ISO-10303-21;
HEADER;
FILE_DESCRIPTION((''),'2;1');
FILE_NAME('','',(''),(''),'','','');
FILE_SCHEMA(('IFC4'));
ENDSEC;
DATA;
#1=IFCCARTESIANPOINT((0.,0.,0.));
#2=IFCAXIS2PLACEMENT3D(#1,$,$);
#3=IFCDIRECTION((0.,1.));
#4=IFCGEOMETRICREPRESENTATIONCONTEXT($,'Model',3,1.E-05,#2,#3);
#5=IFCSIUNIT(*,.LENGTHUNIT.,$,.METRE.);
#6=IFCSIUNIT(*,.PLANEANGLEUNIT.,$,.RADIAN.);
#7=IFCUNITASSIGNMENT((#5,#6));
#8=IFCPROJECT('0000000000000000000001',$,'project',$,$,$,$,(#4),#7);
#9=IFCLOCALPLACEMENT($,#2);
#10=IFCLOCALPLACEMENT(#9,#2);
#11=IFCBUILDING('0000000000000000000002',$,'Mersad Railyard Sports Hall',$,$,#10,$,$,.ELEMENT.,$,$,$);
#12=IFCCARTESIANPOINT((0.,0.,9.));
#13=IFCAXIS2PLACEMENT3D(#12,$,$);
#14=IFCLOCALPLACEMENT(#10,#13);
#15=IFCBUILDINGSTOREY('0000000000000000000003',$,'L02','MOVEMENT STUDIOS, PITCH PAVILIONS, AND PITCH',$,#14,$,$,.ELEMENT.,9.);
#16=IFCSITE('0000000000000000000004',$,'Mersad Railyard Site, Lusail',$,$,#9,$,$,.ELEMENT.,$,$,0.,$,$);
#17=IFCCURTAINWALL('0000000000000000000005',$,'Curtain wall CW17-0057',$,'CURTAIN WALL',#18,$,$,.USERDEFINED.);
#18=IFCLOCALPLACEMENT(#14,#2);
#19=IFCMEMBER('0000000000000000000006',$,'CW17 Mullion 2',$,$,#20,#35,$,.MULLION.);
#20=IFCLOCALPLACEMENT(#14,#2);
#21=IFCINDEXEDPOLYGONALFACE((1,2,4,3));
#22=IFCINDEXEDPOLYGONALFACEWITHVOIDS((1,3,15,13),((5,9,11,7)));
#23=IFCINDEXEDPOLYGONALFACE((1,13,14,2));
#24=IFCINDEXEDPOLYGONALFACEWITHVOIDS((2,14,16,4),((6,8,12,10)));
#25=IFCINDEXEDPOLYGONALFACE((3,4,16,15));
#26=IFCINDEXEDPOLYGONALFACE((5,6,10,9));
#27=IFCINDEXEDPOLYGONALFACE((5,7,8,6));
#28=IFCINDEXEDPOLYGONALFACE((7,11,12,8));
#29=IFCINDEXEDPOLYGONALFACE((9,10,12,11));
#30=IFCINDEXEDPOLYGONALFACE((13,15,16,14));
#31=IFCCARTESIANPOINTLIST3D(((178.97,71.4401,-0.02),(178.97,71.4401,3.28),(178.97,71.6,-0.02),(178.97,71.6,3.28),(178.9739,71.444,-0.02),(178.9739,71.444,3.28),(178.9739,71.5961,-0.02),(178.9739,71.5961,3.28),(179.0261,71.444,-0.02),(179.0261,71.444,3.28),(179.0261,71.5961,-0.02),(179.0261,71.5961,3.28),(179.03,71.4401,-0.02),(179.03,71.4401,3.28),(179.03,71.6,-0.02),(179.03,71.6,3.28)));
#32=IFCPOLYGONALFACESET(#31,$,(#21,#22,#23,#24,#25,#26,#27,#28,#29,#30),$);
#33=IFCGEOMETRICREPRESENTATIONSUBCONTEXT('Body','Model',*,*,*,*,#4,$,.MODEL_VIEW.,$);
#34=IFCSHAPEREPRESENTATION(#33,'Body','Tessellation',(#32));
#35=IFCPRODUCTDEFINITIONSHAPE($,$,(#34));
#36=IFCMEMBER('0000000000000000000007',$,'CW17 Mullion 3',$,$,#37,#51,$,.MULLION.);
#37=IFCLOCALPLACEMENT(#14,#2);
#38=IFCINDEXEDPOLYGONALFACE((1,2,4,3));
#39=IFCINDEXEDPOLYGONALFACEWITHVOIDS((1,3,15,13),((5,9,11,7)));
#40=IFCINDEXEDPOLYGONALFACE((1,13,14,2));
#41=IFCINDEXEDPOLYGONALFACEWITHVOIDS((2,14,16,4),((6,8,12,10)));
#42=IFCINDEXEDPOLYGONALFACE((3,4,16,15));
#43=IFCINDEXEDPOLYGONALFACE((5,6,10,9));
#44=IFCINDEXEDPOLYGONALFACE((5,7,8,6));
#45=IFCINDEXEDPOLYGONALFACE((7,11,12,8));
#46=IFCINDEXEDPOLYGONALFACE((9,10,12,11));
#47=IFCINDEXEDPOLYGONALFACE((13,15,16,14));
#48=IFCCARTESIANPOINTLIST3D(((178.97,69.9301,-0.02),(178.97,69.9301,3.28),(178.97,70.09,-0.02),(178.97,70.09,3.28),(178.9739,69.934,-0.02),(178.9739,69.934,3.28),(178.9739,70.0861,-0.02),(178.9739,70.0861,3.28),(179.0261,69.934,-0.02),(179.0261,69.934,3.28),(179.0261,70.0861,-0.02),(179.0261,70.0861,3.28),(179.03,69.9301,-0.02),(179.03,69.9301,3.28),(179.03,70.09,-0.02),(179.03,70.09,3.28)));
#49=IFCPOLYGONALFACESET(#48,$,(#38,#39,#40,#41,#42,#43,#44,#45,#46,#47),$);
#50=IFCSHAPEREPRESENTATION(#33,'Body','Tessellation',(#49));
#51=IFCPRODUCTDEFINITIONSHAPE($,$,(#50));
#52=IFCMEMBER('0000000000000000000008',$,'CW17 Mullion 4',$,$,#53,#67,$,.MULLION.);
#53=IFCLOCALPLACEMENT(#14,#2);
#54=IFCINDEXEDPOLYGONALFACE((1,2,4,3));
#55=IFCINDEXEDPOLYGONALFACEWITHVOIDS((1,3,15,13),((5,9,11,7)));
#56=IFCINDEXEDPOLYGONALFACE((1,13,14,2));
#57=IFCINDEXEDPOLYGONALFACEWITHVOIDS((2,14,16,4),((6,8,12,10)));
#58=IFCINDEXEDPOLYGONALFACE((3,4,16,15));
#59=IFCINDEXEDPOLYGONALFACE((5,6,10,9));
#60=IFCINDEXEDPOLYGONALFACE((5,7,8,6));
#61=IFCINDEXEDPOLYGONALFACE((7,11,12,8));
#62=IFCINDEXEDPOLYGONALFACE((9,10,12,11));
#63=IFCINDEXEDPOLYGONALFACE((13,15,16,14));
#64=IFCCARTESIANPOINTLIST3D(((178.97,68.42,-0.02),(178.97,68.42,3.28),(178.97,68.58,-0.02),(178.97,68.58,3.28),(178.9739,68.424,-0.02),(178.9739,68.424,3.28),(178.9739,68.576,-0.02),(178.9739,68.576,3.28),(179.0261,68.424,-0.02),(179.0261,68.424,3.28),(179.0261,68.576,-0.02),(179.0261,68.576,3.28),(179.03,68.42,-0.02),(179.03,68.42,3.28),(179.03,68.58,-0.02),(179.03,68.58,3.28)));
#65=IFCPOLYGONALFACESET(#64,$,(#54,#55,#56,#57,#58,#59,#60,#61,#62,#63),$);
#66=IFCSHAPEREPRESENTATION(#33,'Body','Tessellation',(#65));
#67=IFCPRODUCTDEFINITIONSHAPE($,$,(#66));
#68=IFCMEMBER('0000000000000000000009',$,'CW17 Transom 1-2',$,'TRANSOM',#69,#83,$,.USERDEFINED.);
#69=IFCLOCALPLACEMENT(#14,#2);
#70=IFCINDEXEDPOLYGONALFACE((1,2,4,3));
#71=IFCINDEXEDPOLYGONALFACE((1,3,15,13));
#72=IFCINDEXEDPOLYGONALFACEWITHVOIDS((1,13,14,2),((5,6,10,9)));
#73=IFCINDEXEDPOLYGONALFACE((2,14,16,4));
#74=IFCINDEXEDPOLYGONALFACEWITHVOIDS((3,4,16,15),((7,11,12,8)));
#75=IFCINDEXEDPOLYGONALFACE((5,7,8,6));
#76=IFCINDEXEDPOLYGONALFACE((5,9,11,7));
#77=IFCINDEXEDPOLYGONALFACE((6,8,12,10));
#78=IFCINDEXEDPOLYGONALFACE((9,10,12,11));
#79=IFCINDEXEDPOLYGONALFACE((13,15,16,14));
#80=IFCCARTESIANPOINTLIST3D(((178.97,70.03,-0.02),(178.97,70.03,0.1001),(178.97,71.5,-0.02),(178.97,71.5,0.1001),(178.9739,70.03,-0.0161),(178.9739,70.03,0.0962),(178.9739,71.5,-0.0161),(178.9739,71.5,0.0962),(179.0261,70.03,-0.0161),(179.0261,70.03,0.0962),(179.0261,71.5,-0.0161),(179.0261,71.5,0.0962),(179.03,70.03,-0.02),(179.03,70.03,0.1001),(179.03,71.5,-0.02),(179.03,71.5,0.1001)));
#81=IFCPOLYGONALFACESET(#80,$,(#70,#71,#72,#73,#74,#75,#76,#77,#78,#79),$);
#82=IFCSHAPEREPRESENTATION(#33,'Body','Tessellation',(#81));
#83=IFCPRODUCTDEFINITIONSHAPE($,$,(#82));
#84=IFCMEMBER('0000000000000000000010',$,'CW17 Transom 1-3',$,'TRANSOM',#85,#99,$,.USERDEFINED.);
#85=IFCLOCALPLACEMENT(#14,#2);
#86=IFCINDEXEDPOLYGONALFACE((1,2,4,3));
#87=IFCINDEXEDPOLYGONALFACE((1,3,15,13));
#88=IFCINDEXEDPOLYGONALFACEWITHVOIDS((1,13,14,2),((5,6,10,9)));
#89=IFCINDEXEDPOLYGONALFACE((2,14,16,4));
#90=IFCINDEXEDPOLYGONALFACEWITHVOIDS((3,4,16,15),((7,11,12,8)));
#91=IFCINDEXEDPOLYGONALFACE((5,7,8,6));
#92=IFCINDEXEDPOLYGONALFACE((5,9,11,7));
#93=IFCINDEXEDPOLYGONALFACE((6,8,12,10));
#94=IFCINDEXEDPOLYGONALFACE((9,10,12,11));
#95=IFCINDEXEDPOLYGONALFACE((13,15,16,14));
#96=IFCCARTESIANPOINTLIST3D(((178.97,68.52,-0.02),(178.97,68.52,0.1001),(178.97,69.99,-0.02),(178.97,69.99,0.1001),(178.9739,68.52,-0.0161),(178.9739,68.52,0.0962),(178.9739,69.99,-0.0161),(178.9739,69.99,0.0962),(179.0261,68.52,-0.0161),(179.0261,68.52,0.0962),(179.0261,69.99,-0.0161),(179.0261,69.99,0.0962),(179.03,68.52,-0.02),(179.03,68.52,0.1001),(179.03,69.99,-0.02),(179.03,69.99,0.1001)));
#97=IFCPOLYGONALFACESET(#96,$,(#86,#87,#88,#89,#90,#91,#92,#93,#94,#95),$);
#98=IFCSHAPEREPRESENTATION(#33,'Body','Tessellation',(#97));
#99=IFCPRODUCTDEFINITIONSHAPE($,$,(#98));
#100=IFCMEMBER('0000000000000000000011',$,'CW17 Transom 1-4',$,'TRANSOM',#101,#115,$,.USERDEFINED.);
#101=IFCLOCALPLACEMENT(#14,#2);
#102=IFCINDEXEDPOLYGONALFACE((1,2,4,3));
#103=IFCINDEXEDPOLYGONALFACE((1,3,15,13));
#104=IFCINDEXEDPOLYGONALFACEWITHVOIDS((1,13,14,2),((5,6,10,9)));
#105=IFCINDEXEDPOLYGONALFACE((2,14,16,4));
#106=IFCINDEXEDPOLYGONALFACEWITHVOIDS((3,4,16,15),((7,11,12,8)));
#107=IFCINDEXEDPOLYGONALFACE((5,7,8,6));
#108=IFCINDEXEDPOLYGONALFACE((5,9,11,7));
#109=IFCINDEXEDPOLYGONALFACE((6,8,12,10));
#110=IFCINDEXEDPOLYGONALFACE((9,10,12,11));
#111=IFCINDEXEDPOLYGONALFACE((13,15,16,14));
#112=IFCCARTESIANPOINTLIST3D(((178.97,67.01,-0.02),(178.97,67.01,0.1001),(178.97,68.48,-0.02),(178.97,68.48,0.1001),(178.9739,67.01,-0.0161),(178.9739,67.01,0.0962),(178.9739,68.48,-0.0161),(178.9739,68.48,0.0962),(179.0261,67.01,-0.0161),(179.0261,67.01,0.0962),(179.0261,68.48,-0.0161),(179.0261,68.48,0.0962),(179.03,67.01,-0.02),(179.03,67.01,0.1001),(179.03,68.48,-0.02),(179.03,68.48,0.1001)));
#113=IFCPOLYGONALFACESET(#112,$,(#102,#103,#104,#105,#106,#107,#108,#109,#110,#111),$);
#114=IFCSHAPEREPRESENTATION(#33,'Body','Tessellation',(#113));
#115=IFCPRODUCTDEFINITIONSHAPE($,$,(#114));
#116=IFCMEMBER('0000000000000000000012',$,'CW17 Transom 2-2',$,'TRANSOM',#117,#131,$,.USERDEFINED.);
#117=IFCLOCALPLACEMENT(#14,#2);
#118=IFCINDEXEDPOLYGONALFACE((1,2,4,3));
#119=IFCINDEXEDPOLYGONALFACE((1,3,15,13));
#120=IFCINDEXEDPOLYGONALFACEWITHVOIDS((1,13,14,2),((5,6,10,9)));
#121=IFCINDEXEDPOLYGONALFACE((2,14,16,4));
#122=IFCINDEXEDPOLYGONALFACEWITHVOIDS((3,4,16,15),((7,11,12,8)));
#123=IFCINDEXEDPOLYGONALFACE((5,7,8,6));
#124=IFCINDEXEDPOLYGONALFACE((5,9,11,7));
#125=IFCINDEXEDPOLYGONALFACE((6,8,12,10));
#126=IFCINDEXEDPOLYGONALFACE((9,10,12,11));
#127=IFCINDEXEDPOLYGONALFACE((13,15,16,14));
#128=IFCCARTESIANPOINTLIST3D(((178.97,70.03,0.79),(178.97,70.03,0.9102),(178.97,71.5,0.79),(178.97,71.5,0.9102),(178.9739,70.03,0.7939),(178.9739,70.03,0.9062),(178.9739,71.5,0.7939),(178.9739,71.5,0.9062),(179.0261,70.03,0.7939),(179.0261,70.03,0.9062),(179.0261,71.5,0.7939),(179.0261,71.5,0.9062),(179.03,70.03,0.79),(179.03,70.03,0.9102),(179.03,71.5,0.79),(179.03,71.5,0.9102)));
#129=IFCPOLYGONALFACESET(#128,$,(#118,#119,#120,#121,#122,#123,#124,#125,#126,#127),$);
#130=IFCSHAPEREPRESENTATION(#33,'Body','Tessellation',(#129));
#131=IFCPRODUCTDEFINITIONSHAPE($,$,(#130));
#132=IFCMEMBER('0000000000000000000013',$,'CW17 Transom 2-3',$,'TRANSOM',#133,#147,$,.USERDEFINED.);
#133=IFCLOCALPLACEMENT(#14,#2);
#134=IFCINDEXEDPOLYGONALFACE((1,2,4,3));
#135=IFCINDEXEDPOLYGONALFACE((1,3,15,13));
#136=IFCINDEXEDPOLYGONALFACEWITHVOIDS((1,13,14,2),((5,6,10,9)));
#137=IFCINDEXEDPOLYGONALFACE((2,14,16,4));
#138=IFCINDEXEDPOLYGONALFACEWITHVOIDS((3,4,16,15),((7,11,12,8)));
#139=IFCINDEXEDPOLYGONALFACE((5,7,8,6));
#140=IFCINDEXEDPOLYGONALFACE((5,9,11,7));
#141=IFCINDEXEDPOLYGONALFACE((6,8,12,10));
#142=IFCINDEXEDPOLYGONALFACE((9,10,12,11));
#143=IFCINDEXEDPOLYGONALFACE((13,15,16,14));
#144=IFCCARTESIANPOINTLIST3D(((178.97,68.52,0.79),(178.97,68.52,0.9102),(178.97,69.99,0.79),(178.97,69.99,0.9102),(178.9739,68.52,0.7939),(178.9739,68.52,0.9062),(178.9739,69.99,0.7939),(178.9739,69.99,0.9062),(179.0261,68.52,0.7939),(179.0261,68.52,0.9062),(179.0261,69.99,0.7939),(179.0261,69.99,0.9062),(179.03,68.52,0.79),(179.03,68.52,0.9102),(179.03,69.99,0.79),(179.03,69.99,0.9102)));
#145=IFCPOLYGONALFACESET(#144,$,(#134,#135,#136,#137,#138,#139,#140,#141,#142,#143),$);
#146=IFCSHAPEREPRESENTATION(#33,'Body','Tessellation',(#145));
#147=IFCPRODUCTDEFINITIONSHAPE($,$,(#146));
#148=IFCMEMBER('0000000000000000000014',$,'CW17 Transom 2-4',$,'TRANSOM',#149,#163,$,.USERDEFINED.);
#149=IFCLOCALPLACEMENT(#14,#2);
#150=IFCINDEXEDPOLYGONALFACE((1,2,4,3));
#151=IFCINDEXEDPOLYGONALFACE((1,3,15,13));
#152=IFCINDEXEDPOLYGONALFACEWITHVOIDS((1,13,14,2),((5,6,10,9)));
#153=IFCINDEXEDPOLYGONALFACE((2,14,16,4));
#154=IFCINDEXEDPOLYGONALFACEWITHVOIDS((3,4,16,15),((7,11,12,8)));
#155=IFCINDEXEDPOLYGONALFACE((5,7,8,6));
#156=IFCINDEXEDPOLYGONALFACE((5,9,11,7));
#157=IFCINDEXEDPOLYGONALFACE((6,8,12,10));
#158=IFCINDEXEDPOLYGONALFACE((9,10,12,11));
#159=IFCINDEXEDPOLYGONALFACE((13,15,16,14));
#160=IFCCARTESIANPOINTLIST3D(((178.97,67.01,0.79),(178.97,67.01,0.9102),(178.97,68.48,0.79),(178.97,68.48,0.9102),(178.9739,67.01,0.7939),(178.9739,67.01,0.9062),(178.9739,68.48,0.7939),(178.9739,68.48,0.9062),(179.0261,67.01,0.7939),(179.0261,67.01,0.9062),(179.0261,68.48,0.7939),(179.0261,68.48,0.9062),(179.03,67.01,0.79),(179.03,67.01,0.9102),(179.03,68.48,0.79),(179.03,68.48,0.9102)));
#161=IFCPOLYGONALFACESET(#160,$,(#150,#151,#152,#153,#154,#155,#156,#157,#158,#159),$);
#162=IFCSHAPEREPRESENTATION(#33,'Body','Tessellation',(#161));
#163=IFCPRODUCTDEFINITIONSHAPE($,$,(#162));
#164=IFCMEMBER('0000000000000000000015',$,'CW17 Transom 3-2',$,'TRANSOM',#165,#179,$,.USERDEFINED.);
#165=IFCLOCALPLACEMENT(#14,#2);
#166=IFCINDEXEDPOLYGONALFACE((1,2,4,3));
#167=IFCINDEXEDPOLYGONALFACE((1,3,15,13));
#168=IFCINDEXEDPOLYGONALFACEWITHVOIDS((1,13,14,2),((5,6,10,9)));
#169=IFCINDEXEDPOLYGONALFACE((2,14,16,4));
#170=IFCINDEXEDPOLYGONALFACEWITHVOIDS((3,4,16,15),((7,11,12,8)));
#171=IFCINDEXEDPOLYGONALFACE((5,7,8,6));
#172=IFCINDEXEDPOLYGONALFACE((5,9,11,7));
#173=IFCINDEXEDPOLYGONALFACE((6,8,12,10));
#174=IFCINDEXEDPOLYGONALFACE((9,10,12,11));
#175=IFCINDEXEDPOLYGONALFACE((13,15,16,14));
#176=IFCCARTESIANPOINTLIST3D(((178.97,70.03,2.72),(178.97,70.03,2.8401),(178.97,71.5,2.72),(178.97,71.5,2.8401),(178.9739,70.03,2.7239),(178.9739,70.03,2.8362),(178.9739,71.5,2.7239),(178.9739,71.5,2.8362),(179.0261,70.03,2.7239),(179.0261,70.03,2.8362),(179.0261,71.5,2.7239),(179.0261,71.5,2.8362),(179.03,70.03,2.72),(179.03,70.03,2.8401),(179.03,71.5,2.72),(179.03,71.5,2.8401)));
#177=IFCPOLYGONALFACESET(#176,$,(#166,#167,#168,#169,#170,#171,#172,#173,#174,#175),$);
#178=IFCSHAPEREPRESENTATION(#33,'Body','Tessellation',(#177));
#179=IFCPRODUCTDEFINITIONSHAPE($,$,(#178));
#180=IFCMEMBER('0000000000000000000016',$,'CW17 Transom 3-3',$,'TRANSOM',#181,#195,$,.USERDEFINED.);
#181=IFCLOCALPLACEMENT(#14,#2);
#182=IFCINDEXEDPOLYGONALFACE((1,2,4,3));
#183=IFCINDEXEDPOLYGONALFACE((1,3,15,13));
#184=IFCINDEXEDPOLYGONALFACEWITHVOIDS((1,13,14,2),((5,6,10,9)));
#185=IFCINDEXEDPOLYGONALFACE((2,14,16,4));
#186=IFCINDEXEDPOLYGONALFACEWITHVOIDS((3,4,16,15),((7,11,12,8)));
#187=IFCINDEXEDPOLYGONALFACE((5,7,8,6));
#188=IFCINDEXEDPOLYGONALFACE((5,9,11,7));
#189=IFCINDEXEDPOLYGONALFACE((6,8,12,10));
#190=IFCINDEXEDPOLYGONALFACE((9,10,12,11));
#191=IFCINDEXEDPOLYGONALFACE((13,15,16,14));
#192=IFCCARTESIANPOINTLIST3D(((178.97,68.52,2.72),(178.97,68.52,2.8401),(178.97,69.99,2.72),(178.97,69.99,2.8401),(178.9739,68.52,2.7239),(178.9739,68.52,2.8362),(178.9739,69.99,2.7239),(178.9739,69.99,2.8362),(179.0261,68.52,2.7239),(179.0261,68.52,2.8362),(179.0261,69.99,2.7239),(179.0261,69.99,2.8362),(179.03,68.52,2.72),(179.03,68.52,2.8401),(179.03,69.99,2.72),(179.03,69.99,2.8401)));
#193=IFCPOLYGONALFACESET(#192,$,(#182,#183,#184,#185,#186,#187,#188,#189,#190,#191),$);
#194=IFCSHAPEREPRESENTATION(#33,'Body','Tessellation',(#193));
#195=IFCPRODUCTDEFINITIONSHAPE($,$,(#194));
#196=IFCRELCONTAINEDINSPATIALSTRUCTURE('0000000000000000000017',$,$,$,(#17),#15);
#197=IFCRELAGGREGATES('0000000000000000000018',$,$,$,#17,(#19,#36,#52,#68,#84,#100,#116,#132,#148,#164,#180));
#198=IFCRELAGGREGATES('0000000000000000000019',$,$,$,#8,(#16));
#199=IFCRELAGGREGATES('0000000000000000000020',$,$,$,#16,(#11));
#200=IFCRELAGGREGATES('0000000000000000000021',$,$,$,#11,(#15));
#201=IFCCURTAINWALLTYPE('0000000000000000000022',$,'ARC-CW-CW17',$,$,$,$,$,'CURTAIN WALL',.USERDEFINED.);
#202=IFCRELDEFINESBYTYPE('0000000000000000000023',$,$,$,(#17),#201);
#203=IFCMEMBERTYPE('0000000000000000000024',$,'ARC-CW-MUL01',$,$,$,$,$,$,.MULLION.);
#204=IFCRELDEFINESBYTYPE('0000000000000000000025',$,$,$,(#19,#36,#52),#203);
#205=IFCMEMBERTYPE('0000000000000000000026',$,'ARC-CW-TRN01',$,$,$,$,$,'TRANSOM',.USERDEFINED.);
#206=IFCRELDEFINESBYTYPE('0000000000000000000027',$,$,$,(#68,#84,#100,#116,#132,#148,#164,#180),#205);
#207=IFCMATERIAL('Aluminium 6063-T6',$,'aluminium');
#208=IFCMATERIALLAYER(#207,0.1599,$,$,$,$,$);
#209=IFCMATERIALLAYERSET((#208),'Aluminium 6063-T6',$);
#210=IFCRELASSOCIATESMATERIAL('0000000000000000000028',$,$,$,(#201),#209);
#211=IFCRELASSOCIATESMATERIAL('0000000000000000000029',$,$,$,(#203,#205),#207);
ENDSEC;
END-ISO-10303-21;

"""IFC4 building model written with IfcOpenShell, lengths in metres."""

from ifc_helpers import new_model, si_unit, direction, frame, origin, origin_2d, place, context, subcontext, project, spatial, hollow_rectangle, extrude, material, layer, layer_set, material_profile, profile_set, type_object, element, aggregate, save


model = new_model("IFC4")

# Units and contexts
model_context = context("Model", 3, precision=1e-05, world=origin(), true_north=direction((0.0, 1.0)))
body_context = subcontext(model_context, "Body", "Model", "MODEL_VIEW")
ifc_project = project(units=[si_unit("LENGTHUNIT", "METRE"), si_unit("PLANEANGLEUNIT", "RADIAN")], contexts=[model_context])

# Site, building, storey
site_placement = place(None, origin())
site = spatial("IfcSite", under=ifc_project, at=site_placement, Name="Mersad Railyard Site, Lusail", CompositionType="ELEMENT", RefElevation=0.0)
building_placement = place(site_placement, origin())
building = spatial("IfcBuilding", under=site, at=building_placement, Name="Mersad Railyard Sports Hall", CompositionType="ELEMENT")
storey_placement = place(building_placement, frame((0.0, 0.0, 9.0)))
storey = spatial("IfcBuildingStorey", under=building, at=storey_placement, Name="L02", Description="MOVEMENT STUDIOS, PITCH PAVILIONS, AND PITCH", CompositionType="ELEMENT", Elevation=9.0)

# Curtain wall, members
ifc_material_1 = material(Name="Aluminium 6063-T6", Category="aluminium")
ifc_layer_1 = layer(ifc_material_1, 0.1599)
ifc_layer_set_1 = layer_set([ifc_layer_1], Name="Aluminium 6063-T6")
curtain_wall_type = type_object("IfcCurtainWallType", Name="ARC-CW-CW17", ElementType="CURTAIN WALL", PredefinedType="USERDEFINED", material=ifc_layer_set_1)
curtain_wall_placement = place(storey_placement, origin())
curtain_wall = element("IfcCurtainWall", 1, at=curtain_wall_placement, inside=storey, type_object=curtain_wall_type, Name="Curtain wall CW17-0057", ObjectType="CURTAIN WALL", PredefinedType="USERDEFINED")
ifc_material_profile_1 = material_profile(ifc_material_1, hollow_rectangle(XDim=0.0601, YDim=0.1599, WallThickness=0.0039, at=origin_2d()), Name="AL MULLION 60x160x4")
ifc_profile_set_1 = profile_set([ifc_material_profile_1], Name="Aluminium 6063-T6")
member_type_1 = type_object("IfcMemberType", Name="ARC-CW-MUL01", PredefinedType="MULLION", material=ifc_profile_set_1)
member_1_placement = place(storey_placement, frame((179.0, 71.52, -0.02), z_axis=(0.0, 0.0, 1.0), x_axis=(1.0, 0.0, 0.0)))
member_1 = element("IfcMember", 2, at=member_1_placement, type_object=member_type_1, Name="CW17 Mullion 2", PredefinedType="MULLION", context=body_context, shape_type="SweptSolid", body=[
    extrude(hollow_rectangle(XDim=0.0601, YDim=0.1599, WallThickness=0.0039, at=origin_2d()), origin(), (0.0, 0.0, 1.0), 3.3),
])
member_2_placement = place(storey_placement, frame((179.0, 70.01, -0.02), z_axis=(0.0, 0.0, 1.0), x_axis=(1.0, 0.0, 0.0)))
member_2 = element("IfcMember", 3, at=member_2_placement, type_object=member_type_1, Name="CW17 Mullion 3", PredefinedType="MULLION", context=body_context, shape_type="SweptSolid", body=[
    extrude(hollow_rectangle(XDim=0.0601, YDim=0.1599, WallThickness=0.0039, at=origin_2d()), origin(), (0.0, 0.0, 1.0), 3.3),
])
member_3_placement = place(storey_placement, frame((179.0, 68.5, -0.02), z_axis=(0.0, 0.0, 1.0), x_axis=(1.0, 0.0, 0.0)))
member_3 = element("IfcMember", 4, at=member_3_placement, type_object=member_type_1, Name="CW17 Mullion 4", PredefinedType="MULLION", context=body_context, shape_type="SweptSolid", body=[
    extrude(hollow_rectangle(XDim=0.0601, YDim=0.1599, WallThickness=0.0039, at=origin_2d()), origin(), (0.0, 0.0, 1.0), 3.3),
])
ifc_material_profile_2 = material_profile(ifc_material_1, hollow_rectangle(XDim=0.0601, YDim=0.1201, WallThickness=0.0039, at=origin_2d()), Name="AL TRANSOM 60x120x4")
ifc_profile_set_2 = profile_set([ifc_material_profile_2], Name="Aluminium 6063-T6")
member_type_2 = type_object("IfcMemberType", Name="ARC-CW-TRN01", ElementType="TRANSOM", PredefinedType="USERDEFINED", material=ifc_profile_set_2)
member_4_placement = place(storey_placement, frame((179.0, 71.5, 0.04), z_axis=(0.0, -1.0, 0.0), x_axis=(1.0, 0.0, 0.0)))
member_4 = element("IfcMember", 5, at=member_4_placement, type_object=member_type_2, Name="CW17 Transom 1-2", ObjectType="TRANSOM", PredefinedType="USERDEFINED", context=body_context, shape_type="SweptSolid", body=[
    extrude(hollow_rectangle(XDim=0.0601, YDim=0.1201, WallThickness=0.0039, at=origin_2d()), origin(), (0.0, 0.0, 1.0), 1.47),
])
member_5_placement = place(storey_placement, frame((179.0, 69.99, 0.04), z_axis=(0.0, -1.0, 0.0), x_axis=(1.0, 0.0, 0.0)))
member_5 = element("IfcMember", 6, at=member_5_placement, type_object=member_type_2, Name="CW17 Transom 1-3", ObjectType="TRANSOM", PredefinedType="USERDEFINED", context=body_context, shape_type="SweptSolid", body=[
    extrude(hollow_rectangle(XDim=0.0601, YDim=0.1201, WallThickness=0.0039, at=origin_2d()), origin(), (0.0, 0.0, 1.0), 1.47),
])
member_6_placement = place(storey_placement, frame((179.0, 68.48, 0.04), z_axis=(0.0, -1.0, 0.0), x_axis=(1.0, 0.0, 0.0)))
member_6 = element("IfcMember", 7, at=member_6_placement, type_object=member_type_2, Name="CW17 Transom 1-4", ObjectType="TRANSOM", PredefinedType="USERDEFINED", context=body_context, shape_type="SweptSolid", body=[
    extrude(hollow_rectangle(XDim=0.0601, YDim=0.1201, WallThickness=0.0039, at=origin_2d()), origin(), (0.0, 0.0, 1.0), 1.47),
])
member_7_placement = place(storey_placement, frame((179.0, 71.5, 0.8501), z_axis=(0.0, -1.0, 0.0), x_axis=(1.0, 0.0, 0.0)))
member_7 = element("IfcMember", 8, at=member_7_placement, type_object=member_type_2, Name="CW17 Transom 2-2", ObjectType="TRANSOM", PredefinedType="USERDEFINED", context=body_context, shape_type="SweptSolid", body=[
    extrude(hollow_rectangle(XDim=0.0601, YDim=0.1201, WallThickness=0.0039, at=origin_2d()), origin(), (0.0, 0.0, 1.0), 1.47),
])
member_8_placement = place(storey_placement, frame((179.0, 69.99, 0.8501), z_axis=(0.0, -1.0, 0.0), x_axis=(1.0, 0.0, 0.0)))
member_8 = element("IfcMember", 9, at=member_8_placement, type_object=member_type_2, Name="CW17 Transom 2-3", ObjectType="TRANSOM", PredefinedType="USERDEFINED", context=body_context, shape_type="SweptSolid", body=[
    extrude(hollow_rectangle(XDim=0.0601, YDim=0.1201, WallThickness=0.0039, at=origin_2d()), origin(), (0.0, 0.0, 1.0), 1.47),
])
member_9_placement = place(storey_placement, frame((179.0, 68.48, 0.8501), z_axis=(0.0, -1.0, 0.0), x_axis=(1.0, 0.0, 0.0)))
member_9 = element("IfcMember", 10, at=member_9_placement, type_object=member_type_2, Name="CW17 Transom 2-4", ObjectType="TRANSOM", PredefinedType="USERDEFINED", context=body_context, shape_type="SweptSolid", body=[
    extrude(hollow_rectangle(XDim=0.0601, YDim=0.1201, WallThickness=0.0039, at=origin_2d()), origin(), (0.0, 0.0, 1.0), 1.47),
])
member_10_placement = place(storey_placement, frame((179.0, 71.5, 2.78), z_axis=(0.0, -1.0, 0.0), x_axis=(1.0, 0.0, 0.0)))
member_10 = element("IfcMember", 11, at=member_10_placement, type_object=member_type_2, Name="CW17 Transom 3-2", ObjectType="TRANSOM", PredefinedType="USERDEFINED", context=body_context, shape_type="SweptSolid", body=[
    extrude(hollow_rectangle(XDim=0.0601, YDim=0.1201, WallThickness=0.0039, at=origin_2d()), origin(), (0.0, 0.0, 1.0), 1.47),
])
member_11_placement = place(storey_placement, frame((179.0, 69.99, 2.78), z_axis=(0.0, -1.0, 0.0), x_axis=(1.0, 0.0, 0.0)))
member_11 = element("IfcMember", 12, at=member_11_placement, type_object=member_type_2, Name="CW17 Transom 3-3", ObjectType="TRANSOM", PredefinedType="USERDEFINED", context=body_context, shape_type="SweptSolid", body=[
    extrude(hollow_rectangle(XDim=0.0601, YDim=0.1201, WallThickness=0.0039, at=origin_2d()), origin(), (0.0, 0.0, 1.0), 1.47),
])
aggregate(curtain_wall, [member_1, member_2, member_3, member_4, member_5, member_6, member_7, member_8, member_9, member_10, member_11])

save(model, "model.ifc")
